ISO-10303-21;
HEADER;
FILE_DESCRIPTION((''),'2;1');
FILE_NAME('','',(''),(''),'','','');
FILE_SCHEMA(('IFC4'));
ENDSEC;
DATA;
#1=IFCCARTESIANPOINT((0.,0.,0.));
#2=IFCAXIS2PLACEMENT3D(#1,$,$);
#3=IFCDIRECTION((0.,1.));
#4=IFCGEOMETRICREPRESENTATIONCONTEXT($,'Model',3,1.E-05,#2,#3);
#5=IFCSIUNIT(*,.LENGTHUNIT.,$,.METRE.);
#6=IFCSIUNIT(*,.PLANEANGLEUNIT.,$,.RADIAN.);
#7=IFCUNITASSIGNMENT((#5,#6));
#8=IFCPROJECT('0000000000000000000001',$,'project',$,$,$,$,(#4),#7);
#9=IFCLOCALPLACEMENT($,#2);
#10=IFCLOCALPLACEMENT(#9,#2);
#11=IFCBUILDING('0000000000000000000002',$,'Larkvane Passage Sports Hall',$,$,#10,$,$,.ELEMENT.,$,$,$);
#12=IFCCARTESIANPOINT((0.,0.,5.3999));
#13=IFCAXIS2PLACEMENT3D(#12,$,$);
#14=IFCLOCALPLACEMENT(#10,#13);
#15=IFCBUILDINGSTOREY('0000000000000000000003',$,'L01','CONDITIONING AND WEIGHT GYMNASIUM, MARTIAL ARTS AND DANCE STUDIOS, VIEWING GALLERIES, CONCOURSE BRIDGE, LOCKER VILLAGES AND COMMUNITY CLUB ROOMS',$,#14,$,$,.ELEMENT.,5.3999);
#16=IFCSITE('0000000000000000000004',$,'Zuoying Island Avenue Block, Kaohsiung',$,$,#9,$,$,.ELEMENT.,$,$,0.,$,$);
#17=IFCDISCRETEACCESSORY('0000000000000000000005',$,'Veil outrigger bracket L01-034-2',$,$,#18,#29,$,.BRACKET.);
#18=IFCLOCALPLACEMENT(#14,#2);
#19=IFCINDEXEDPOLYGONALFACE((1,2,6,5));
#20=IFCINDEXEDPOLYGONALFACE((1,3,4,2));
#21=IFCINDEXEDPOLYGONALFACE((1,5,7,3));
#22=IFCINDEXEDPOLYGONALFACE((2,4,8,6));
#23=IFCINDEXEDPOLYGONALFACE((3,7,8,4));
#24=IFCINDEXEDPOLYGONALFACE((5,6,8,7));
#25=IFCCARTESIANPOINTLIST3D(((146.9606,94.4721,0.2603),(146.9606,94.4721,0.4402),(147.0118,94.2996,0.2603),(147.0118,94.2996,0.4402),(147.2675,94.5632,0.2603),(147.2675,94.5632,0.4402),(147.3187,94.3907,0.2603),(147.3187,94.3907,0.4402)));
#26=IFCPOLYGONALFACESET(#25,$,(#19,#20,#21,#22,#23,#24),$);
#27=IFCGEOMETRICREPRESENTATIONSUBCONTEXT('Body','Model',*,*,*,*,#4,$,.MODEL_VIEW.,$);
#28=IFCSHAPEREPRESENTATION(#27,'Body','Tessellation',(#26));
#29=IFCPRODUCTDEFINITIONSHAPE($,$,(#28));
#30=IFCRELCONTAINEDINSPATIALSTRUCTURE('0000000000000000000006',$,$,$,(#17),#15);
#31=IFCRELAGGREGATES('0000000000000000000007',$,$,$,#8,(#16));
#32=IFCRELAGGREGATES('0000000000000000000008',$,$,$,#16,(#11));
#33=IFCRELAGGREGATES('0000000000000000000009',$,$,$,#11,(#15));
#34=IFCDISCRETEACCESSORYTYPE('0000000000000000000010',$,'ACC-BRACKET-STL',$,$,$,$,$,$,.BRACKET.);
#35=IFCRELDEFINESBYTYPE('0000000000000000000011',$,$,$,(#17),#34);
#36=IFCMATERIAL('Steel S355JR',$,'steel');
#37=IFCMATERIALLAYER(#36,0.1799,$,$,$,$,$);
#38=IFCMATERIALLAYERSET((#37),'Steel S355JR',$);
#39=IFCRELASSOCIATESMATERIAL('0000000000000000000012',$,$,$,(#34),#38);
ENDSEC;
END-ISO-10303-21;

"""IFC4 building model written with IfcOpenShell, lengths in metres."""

from ifc_helpers import new_model, si_unit, direction, frame, origin, origin_2d, place, context, subcontext, project, spatial, rectangle, extrude, material, layer, layer_set, type_object, element, save


model = new_model("IFC4")

# Units and contexts
model_context = context("Model", 3, precision=1e-05, world=origin(), true_north=direction((0.0, 1.0)))
body_context = subcontext(model_context, "Body", "Model", "MODEL_VIEW")
ifc_project = project(units=[si_unit("LENGTHUNIT", "METRE"), si_unit("PLANEANGLEUNIT", "RADIAN")], contexts=[model_context])

# Site, building, storey
site_placement = place(None, origin())
site = spatial("IfcSite", under=ifc_project, at=site_placement, Name="Zuoying Island Avenue Block, Kaohsiung", CompositionType="ELEMENT", RefElevation=0.0)
building_placement = place(site_placement, origin())
building = spatial("IfcBuilding", under=site, at=building_placement, Name="Larkvane Passage Sports Hall", CompositionType="ELEMENT")
storey_placement = place(building_placement, frame((0.0, 0.0, 5.3999)))
storey = spatial("IfcBuildingStorey", under=building, at=storey_placement, Name="L01", Description="CONDITIONING AND WEIGHT GYMNASIUM, MARTIAL ARTS AND DANCE STUDIOS, VIEWING GALLERIES, CONCOURSE BRIDGE, LOCKER VILLAGES AND COMMUNITY CLUB ROOMS", CompositionType="ELEMENT", Elevation=5.3999)

# Discrete accessory
ifc_material_1 = material(Name="Steel S355JR", Category="steel")
ifc_layer_1 = layer(ifc_material_1, 0.1799)
ifc_layer_set_1 = layer_set([ifc_layer_1], Name="Steel S355JR")
discrete_accessory_type = type_object("IfcDiscreteAccessoryType", Name="ACC-BRACKET-STL", PredefinedType="BRACKET", material=ifc_layer_set_1)
discrete_accessory_placement = place(storey_placement, frame((147.1396, 94.4314, 0.2603), z_axis=(0.0, 0.0, 1.0), x_axis=(0.284365, -0.958716, 0.0)))
element("IfcDiscreteAccessory", 1, at=discrete_accessory_placement, inside=storey, type_object=discrete_accessory_type, Name="Veil outrigger bracket L01-034-2", PredefinedType="BRACKET", context=body_context, shape_type="SweptSolid", body=[
    extrude(rectangle(XDim=0.1799, YDim=0.3201, at=origin_2d()), origin(), (0.0, 0.0, 1.0), 0.1799),
])

save(model, "model.ifc")
